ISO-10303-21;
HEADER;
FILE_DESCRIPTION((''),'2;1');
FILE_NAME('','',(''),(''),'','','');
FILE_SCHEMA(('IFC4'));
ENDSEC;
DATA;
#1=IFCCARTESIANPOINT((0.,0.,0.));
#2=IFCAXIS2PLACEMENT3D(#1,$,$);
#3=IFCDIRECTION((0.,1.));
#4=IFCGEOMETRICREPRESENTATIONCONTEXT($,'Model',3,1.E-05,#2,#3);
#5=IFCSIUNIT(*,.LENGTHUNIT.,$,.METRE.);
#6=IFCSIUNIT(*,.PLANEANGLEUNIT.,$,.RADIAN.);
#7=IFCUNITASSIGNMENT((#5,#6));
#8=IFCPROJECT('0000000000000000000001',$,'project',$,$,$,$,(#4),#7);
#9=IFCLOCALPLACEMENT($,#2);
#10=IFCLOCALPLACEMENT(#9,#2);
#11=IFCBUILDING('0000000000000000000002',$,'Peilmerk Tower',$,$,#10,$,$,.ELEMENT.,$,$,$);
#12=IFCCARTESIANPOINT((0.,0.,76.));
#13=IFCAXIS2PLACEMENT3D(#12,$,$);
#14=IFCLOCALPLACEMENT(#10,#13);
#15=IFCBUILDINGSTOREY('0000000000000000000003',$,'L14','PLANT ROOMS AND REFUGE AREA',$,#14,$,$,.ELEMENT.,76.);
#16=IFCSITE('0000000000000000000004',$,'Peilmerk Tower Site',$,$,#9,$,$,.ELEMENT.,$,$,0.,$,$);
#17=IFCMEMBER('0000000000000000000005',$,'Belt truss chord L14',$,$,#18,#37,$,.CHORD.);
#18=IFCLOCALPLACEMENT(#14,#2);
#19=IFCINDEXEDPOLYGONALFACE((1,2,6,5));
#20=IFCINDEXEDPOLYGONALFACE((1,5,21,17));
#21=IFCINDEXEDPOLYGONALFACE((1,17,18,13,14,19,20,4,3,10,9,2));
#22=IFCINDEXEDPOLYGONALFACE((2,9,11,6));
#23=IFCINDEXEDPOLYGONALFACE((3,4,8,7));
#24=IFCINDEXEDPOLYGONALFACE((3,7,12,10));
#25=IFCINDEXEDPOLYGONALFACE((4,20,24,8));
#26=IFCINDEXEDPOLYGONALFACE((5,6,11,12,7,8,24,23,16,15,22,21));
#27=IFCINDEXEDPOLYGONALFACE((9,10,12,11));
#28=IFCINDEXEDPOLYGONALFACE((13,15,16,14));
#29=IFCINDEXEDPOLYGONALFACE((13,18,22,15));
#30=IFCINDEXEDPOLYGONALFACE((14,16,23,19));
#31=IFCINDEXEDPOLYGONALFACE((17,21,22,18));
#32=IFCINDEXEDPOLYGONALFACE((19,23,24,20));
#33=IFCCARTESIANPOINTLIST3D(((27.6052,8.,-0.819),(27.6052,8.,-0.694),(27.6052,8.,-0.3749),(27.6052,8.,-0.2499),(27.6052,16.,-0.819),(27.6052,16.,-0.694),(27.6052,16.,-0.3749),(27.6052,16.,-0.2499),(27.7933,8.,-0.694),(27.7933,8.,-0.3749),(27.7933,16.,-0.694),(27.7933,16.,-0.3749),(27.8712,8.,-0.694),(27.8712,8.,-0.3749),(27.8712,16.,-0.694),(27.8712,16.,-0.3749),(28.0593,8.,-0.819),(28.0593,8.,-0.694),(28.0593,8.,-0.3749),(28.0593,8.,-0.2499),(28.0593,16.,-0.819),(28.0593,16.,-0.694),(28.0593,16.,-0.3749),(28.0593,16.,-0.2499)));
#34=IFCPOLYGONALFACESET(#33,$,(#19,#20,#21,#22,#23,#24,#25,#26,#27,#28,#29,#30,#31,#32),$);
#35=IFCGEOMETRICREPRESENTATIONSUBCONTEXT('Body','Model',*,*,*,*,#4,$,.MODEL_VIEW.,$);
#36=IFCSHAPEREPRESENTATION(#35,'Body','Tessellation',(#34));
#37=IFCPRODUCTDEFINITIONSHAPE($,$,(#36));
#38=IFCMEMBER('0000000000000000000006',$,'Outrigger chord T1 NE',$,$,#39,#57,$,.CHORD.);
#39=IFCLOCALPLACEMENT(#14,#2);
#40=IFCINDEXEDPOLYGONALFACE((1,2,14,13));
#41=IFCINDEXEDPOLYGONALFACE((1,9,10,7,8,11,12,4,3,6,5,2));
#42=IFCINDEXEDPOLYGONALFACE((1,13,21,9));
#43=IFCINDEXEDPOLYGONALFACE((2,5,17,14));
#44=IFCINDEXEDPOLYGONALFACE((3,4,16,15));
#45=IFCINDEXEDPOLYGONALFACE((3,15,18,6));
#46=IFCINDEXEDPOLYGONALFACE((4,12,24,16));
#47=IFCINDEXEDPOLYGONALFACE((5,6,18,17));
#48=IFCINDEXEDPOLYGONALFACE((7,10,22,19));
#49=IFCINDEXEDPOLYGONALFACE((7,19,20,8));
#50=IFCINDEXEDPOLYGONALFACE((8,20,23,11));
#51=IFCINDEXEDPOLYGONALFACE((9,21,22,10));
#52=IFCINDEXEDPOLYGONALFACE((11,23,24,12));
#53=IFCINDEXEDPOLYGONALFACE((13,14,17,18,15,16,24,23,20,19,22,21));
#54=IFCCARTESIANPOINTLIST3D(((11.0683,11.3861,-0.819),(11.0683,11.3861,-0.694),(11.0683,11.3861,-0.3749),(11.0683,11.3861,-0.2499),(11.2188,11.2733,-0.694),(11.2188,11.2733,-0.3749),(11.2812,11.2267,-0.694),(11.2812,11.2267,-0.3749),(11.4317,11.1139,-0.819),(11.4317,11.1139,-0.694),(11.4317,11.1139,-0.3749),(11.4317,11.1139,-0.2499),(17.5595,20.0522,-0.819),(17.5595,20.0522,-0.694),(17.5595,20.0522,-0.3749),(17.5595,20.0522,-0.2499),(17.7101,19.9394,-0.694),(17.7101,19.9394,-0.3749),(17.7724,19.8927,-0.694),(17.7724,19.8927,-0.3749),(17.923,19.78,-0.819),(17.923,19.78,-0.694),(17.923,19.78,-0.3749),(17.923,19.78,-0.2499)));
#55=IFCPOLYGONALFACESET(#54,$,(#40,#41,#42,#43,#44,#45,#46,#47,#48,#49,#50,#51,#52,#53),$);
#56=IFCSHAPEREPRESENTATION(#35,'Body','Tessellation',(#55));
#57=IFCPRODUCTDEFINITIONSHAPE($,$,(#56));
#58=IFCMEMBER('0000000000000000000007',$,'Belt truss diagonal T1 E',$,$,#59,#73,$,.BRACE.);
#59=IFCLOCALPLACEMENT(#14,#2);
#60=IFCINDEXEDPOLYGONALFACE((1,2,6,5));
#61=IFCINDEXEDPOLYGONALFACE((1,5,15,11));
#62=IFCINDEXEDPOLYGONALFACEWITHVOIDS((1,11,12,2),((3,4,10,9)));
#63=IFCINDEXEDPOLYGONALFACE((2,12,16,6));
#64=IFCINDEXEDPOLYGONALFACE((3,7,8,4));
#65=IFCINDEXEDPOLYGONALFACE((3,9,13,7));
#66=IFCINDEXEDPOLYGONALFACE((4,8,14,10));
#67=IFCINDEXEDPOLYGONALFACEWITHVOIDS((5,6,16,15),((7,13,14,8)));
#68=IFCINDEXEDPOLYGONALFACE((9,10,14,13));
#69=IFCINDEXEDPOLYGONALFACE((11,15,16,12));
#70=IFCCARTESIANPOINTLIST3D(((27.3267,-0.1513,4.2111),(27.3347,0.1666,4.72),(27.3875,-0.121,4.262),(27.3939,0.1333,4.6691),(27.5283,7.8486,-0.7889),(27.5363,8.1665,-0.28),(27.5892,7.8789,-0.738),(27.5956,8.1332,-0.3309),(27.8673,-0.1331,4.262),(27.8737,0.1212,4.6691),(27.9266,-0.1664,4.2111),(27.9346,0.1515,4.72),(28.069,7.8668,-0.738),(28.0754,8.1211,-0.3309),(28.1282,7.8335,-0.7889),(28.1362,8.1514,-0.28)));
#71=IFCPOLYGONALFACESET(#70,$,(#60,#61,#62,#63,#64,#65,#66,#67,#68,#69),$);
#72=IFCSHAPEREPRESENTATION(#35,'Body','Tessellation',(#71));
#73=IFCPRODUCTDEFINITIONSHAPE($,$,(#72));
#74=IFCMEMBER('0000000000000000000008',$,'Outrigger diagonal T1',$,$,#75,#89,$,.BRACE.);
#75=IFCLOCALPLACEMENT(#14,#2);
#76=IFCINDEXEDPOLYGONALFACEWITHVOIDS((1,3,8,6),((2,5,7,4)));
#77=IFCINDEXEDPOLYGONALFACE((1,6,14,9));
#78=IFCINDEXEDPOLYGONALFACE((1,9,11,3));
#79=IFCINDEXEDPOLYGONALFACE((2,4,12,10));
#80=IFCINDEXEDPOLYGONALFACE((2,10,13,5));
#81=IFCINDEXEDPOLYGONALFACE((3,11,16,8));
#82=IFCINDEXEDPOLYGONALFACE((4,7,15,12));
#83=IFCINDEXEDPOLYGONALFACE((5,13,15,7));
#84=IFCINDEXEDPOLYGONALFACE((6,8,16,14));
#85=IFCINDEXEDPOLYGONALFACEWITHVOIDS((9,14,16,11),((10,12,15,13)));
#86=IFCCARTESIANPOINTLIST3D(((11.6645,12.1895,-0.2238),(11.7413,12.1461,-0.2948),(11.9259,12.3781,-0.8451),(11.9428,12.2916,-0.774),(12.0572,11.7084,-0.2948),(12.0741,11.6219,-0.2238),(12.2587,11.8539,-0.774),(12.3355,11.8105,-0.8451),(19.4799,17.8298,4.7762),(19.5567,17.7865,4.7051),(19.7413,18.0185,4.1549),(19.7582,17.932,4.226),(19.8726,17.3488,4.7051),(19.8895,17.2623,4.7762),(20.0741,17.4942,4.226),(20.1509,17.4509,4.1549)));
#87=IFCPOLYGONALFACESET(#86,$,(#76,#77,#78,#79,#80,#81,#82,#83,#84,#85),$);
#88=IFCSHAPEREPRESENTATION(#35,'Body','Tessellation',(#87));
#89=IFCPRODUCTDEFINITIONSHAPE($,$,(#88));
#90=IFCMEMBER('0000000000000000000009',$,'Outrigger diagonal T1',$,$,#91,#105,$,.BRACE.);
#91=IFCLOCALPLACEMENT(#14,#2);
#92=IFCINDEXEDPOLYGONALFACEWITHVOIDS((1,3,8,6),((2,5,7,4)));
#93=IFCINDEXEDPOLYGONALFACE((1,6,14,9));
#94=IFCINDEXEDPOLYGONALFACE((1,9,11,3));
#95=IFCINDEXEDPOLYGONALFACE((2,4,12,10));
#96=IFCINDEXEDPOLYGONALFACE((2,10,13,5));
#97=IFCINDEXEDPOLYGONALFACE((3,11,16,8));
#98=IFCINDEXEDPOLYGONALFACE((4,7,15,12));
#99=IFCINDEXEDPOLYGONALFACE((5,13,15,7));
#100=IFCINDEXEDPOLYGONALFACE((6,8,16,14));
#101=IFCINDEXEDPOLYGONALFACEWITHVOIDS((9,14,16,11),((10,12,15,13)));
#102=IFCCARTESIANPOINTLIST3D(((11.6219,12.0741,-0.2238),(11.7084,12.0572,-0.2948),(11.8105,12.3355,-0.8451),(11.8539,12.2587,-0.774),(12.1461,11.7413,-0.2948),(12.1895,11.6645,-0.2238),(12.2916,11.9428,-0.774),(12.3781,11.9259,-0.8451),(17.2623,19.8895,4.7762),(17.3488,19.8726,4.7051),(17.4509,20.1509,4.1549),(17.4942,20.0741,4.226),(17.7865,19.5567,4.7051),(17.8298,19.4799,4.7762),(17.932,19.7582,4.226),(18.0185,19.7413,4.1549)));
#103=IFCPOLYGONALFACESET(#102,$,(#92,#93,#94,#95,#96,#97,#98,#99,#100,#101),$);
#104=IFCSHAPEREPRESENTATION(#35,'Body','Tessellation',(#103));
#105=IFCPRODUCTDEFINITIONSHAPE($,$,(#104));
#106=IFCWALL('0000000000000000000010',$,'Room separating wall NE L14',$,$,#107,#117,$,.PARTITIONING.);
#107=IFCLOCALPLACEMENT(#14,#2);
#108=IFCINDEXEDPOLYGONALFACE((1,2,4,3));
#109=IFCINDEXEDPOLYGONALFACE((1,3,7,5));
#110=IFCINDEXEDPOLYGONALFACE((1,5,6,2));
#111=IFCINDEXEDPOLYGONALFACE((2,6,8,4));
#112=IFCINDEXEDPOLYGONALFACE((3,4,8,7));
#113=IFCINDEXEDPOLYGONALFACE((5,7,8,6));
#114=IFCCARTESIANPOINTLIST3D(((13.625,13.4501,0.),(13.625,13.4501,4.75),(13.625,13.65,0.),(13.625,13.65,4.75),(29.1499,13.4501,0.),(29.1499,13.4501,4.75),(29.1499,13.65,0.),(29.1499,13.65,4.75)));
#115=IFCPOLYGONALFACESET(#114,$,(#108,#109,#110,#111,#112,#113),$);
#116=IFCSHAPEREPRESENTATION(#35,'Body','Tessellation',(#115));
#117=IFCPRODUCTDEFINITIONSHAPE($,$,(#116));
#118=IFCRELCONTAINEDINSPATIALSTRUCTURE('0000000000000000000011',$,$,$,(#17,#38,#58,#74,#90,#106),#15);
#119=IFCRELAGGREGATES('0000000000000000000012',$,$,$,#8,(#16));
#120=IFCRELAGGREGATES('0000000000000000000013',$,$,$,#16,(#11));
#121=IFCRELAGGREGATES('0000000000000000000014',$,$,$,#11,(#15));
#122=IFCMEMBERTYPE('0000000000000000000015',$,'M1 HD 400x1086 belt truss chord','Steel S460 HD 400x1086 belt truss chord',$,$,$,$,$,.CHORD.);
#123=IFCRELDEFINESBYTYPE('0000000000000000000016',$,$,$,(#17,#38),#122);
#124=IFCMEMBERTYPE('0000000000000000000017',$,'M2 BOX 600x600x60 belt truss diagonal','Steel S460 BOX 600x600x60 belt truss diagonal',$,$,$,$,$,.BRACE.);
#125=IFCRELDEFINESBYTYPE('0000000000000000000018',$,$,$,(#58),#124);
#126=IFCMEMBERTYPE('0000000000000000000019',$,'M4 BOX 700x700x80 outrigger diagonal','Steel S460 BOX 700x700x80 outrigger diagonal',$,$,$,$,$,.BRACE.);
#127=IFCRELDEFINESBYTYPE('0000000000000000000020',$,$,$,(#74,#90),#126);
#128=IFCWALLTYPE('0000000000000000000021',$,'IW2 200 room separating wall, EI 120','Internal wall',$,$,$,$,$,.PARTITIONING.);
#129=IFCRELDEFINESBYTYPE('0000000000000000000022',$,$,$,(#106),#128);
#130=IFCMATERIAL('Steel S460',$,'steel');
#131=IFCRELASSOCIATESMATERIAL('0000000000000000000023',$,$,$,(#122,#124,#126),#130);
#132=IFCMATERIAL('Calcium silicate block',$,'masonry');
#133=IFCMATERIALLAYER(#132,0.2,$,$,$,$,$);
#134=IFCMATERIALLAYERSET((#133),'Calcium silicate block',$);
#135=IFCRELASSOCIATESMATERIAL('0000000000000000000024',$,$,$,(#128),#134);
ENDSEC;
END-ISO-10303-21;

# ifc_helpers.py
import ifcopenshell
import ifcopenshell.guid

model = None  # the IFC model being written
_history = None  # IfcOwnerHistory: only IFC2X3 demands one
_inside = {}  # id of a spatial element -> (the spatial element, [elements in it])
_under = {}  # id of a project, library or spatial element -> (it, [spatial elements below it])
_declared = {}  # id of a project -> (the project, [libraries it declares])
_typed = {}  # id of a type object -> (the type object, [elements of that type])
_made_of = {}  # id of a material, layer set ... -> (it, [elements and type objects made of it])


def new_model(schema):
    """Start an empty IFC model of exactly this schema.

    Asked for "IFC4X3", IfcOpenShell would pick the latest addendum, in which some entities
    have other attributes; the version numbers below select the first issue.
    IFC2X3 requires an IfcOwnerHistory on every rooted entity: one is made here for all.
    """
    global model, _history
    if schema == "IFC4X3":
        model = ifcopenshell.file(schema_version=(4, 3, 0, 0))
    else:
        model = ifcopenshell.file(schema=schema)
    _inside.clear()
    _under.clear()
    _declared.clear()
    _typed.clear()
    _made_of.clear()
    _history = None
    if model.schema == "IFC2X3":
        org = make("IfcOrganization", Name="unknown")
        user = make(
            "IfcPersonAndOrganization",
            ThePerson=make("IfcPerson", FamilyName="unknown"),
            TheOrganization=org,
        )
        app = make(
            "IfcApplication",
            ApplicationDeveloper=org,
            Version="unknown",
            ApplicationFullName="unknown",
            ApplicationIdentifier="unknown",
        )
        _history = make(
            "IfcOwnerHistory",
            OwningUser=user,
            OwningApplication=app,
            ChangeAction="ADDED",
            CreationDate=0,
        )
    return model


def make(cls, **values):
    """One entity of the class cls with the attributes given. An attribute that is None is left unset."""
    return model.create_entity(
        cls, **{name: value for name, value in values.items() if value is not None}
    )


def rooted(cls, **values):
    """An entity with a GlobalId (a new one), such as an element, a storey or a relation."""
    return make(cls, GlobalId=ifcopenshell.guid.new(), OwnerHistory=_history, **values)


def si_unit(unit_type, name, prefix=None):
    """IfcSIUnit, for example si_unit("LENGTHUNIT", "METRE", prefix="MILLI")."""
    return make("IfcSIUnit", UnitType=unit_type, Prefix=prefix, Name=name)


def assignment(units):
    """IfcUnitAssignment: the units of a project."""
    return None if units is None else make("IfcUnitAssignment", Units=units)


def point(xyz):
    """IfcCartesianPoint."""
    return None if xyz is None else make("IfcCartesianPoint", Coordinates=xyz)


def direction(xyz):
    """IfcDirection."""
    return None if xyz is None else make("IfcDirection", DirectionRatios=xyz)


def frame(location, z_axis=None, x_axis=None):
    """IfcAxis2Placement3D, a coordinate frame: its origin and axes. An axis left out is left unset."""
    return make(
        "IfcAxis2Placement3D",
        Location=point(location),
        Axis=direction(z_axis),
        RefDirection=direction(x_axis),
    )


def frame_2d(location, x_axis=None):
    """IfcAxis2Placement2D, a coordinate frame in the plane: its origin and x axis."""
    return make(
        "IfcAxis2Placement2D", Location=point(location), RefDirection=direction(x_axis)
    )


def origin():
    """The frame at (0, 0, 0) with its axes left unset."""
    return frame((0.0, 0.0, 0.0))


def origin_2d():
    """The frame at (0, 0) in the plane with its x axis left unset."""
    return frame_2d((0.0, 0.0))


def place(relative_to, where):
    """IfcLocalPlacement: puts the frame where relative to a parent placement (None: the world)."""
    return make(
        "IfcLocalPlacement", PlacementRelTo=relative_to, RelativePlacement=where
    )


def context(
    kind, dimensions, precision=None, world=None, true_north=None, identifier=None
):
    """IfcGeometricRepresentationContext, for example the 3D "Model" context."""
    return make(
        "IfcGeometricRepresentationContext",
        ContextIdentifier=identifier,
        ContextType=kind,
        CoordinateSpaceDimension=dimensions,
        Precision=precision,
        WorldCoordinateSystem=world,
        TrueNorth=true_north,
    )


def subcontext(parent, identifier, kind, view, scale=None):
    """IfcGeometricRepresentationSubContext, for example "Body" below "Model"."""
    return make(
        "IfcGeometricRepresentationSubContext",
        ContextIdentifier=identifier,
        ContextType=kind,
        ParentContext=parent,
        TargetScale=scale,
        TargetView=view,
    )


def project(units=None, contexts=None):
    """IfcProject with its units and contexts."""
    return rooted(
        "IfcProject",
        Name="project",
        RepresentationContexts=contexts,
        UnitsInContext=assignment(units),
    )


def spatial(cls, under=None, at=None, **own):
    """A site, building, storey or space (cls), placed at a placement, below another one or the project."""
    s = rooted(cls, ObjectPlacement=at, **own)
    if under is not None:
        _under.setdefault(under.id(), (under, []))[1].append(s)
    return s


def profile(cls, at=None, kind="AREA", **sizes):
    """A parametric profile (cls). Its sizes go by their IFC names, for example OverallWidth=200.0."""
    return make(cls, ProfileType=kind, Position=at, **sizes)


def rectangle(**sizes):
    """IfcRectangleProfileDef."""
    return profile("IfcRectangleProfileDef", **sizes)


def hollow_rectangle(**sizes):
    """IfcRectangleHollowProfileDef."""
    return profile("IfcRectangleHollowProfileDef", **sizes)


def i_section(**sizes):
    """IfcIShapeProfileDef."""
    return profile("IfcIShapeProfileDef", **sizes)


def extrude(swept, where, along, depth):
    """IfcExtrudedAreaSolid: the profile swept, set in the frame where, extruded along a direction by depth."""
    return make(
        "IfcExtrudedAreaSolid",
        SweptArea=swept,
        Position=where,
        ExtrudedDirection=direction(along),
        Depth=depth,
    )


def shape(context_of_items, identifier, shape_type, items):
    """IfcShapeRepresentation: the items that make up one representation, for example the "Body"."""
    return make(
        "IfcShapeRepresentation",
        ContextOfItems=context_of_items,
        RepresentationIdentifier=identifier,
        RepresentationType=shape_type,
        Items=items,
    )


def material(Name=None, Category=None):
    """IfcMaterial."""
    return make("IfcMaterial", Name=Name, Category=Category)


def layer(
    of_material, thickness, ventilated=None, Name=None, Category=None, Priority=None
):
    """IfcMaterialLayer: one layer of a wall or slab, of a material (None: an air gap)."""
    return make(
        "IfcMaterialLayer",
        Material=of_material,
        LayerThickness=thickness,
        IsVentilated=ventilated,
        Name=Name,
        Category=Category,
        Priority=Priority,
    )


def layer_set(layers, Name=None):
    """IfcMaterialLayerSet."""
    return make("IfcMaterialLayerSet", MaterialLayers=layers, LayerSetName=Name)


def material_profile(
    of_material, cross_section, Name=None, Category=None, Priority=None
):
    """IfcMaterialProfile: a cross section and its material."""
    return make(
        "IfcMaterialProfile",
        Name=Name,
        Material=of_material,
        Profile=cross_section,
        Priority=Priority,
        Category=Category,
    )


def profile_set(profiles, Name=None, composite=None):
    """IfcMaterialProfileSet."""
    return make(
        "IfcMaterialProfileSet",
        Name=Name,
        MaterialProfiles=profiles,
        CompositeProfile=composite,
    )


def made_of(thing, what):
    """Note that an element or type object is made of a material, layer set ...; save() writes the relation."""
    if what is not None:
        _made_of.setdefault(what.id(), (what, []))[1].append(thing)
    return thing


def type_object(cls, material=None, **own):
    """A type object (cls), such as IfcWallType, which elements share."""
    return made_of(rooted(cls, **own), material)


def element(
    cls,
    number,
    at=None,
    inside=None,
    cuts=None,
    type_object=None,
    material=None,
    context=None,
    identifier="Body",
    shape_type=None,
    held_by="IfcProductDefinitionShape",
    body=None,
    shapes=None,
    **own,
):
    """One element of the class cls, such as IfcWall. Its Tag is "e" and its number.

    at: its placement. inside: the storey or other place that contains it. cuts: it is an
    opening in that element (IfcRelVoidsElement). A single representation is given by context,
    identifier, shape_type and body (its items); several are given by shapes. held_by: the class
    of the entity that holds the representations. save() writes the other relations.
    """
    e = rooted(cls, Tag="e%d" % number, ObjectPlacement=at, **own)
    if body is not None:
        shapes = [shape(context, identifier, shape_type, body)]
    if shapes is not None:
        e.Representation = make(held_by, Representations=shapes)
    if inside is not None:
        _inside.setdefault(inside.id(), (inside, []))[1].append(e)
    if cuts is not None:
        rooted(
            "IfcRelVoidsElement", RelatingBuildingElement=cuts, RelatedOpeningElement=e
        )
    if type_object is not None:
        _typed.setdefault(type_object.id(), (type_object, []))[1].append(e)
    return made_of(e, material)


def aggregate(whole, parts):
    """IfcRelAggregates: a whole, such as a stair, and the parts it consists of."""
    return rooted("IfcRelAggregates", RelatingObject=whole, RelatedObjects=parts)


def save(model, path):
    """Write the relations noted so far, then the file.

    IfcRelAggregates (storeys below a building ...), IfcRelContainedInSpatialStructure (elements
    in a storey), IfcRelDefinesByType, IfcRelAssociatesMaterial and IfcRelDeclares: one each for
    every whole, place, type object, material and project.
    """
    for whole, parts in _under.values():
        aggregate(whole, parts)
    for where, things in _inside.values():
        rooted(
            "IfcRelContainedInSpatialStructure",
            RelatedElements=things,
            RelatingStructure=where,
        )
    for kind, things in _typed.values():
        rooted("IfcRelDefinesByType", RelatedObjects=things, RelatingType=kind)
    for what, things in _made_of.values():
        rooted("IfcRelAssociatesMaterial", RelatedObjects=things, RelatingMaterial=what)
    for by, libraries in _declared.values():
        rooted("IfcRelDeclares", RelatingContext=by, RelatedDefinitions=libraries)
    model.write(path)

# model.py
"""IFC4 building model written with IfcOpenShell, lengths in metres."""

from ifc_helpers import new_model, si_unit, direction, frame, frame_2d, origin, origin_2d, place, context, subcontext, project, spatial, rectangle, hollow_rectangle, i_section, extrude, material, layer, layer_set, material_profile, profile_set, type_object, element, save


model = new_model("IFC4")

# Units and contexts
model_context = context("Model", 3, precision=1e-05, world=origin(), true_north=direction((0.0, 1.0)))
body_context = subcontext(model_context, "Body", "Model", "MODEL_VIEW")
ifc_project = project(units=[si_unit("LENGTHUNIT", "METRE"), si_unit("PLANEANGLEUNIT", "RADIAN")], contexts=[model_context])

# Site, building, storey
site_placement = place(None, origin())
site = spatial("IfcSite", under=ifc_project, at=site_placement, Name="Peilmerk Tower Site", CompositionType="ELEMENT", RefElevation=0.0)
building_placement = place(site_placement, origin())
building = spatial("IfcBuilding", under=site, at=building_placement, Name="Peilmerk Tower", CompositionType="ELEMENT")
storey_placement = place(building_placement, frame((0.0, 0.0, 76.0)))
storey = spatial("IfcBuildingStorey", under=building, at=storey_placement, Name="L14", Description="PLANT ROOMS AND REFUGE AREA", CompositionType="ELEMENT", Elevation=76.0)

# Shared definitions
ifc_material_1 = material(Name="Steel S460", Category="steel")

# Members
ifc_material_profile_1 = material_profile(ifc_material_1, i_section(OverallWidth=0.4541, OverallDepth=0.5691, WebThickness=0.0779, FlangeThickness=0.125, at=origin_2d()), Name="HD 400x1086")
ifc_profile_set_1 = profile_set([ifc_material_profile_1], Name="Steel S460")
member_type_1 = type_object("IfcMemberType", Name="M1 HD 400x1086 belt truss chord", Description="Steel S460 HD 400x1086 belt truss chord", PredefinedType="CHORD", material=ifc_profile_set_1)
for number, where, z_axis, x_axis, name in (
    (1, (27.8323, 8.0, -0.5344), (0.0, 1.0, 0.0), (-1.0, 0.0, 0.0), "Belt truss chord L14"),
):
    element("IfcMember", number, at=place(storey_placement, frame(where, z_axis=z_axis, x_axis=x_axis)), inside=storey, type_object=member_type_1, Name=name, PredefinedType="CHORD", context=body_context, shape_type="SweptSolid", body=[
        extrude(i_section(OverallWidth=0.4541, OverallDepth=0.5691, WebThickness=0.0779, FlangeThickness=0.125, at=origin_2d()), origin(), (0.0, 0.0, 1.0), 8.0),
    ])
member_1_placement = place(storey_placement, frame((11.25, 11.25, -0.5344), z_axis=(0.599509, 0.800368, 0.0), x_axis=(-0.800368, 0.599509, 0.0)))
element("IfcMember", 2, at=member_1_placement, inside=storey, type_object=member_type_1, Name="Outrigger chord T1 NE", PredefinedType="CHORD", context=body_context, shape_type="SweptSolid", body=[
    extrude(i_section(OverallWidth=0.4541, OverallDepth=0.5691, WebThickness=0.0779, FlangeThickness=0.125, at=origin_2d()), origin(), (0.0, 0.0, 1.0), 10.8276),
])
ifc_material_profile_2 = material_profile(ifc_material_1, hollow_rectangle(XDim=0.6001, YDim=0.6001, WallThickness=0.0601, at=origin_2d()), Name="BOX 600x600x60")
ifc_profile_set_2 = profile_set([ifc_material_profile_2], Name="Steel S460")
member_type_2 = type_object("IfcMemberType", Name="M2 BOX 600x600x60 belt truss diagonal", Description="Steel S460 BOX 600x600x60 belt truss diagonal", PredefinedType="BRACE", material=ifc_profile_set_2)
member_2_placement = place(storey_placement, frame((27.8323, 8.0, -0.5344), z_axis=(-0.021371, -0.847805, 0.529878), x_axis=(0.999682, -0.0252, 0.0)))
element("IfcMember", 3, at=member_2_placement, inside=storey, type_object=member_type_2, Name="Belt truss diagonal T1 E", PredefinedType="BRACE", context=body_context, shape_type="SweptSolid", body=[
    extrude(hollow_rectangle(XDim=0.6001, YDim=0.6001, WallThickness=0.0601, at=origin_2d()), origin(), (0.0, 0.0, 1.0), 9.436),
])
ifc_material_profile_3 = material_profile(ifc_material_1, hollow_rectangle(XDim=0.7, YDim=0.7, WallThickness=0.0801, at=origin_2d()), Name="BOX 700x700x80")
ifc_profile_set_3 = profile_set([ifc_material_profile_3], Name="Steel S460")
member_type_3 = type_object("IfcMemberType", Name="M4 BOX 700x700x80 outrigger diagonal", Description="Steel S460 BOX 700x700x80 outrigger diagonal", PredefinedType="BRACE", material=ifc_profile_set_3)
for number, where, z_axis, x_axis, name in (
    (4, (12.0, 12.0, -0.5344), (0.719789, 0.519471, 0.460493), (-0.585211, 0.810881, 0.0), "Outrigger diagonal T1"),
    (5, (12.0, 12.0, -0.5344), (0.519471, 0.719789, 0.460493), (-0.810881, 0.585211, 0.0), "Outrigger diagonal T1"),
):
    element("IfcMember", number, at=place(storey_placement, frame(where, z_axis=z_axis, x_axis=x_axis)), inside=storey, type_object=member_type_3, Name=name, PredefinedType="BRACE", context=body_context, shape_type="SweptSolid", body=[
        extrude(hollow_rectangle(XDim=0.7, YDim=0.7, WallThickness=0.0801, at=origin_2d()), origin(), (0.0, 0.0, 1.0), 10.8579),
    ])

# Wall
ifc_material_2 = material(Name="Calcium silicate block", Category="masonry")
ifc_layer = layer(ifc_material_2, 0.2)
ifc_layer_set = layer_set([ifc_layer], Name="Calcium silicate block")
wall_type = type_object("IfcWallType", Name="IW2 200 room separating wall, EI 120", Description="Internal wall", PredefinedType="PARTITIONING", material=ifc_layer_set)
wall_placement = place(storey_placement, frame((13.625, 13.55, 0.0), z_axis=(0.0, 0.0, 1.0), x_axis=(1.0, 0.0, 0.0)))
element("IfcWall", 6, at=wall_placement, inside=storey, type_object=wall_type, Name="Room separating wall NE L14", PredefinedType="PARTITIONING", context=body_context, shape_type="SweptSolid", body=[
    extrude(rectangle(XDim=15.5249, YDim=0.2, at=frame_2d((7.7625, 0.0))), origin(), (0.0, 0.0, 1.0), 4.75),
])

save(model, "model.ifc")
